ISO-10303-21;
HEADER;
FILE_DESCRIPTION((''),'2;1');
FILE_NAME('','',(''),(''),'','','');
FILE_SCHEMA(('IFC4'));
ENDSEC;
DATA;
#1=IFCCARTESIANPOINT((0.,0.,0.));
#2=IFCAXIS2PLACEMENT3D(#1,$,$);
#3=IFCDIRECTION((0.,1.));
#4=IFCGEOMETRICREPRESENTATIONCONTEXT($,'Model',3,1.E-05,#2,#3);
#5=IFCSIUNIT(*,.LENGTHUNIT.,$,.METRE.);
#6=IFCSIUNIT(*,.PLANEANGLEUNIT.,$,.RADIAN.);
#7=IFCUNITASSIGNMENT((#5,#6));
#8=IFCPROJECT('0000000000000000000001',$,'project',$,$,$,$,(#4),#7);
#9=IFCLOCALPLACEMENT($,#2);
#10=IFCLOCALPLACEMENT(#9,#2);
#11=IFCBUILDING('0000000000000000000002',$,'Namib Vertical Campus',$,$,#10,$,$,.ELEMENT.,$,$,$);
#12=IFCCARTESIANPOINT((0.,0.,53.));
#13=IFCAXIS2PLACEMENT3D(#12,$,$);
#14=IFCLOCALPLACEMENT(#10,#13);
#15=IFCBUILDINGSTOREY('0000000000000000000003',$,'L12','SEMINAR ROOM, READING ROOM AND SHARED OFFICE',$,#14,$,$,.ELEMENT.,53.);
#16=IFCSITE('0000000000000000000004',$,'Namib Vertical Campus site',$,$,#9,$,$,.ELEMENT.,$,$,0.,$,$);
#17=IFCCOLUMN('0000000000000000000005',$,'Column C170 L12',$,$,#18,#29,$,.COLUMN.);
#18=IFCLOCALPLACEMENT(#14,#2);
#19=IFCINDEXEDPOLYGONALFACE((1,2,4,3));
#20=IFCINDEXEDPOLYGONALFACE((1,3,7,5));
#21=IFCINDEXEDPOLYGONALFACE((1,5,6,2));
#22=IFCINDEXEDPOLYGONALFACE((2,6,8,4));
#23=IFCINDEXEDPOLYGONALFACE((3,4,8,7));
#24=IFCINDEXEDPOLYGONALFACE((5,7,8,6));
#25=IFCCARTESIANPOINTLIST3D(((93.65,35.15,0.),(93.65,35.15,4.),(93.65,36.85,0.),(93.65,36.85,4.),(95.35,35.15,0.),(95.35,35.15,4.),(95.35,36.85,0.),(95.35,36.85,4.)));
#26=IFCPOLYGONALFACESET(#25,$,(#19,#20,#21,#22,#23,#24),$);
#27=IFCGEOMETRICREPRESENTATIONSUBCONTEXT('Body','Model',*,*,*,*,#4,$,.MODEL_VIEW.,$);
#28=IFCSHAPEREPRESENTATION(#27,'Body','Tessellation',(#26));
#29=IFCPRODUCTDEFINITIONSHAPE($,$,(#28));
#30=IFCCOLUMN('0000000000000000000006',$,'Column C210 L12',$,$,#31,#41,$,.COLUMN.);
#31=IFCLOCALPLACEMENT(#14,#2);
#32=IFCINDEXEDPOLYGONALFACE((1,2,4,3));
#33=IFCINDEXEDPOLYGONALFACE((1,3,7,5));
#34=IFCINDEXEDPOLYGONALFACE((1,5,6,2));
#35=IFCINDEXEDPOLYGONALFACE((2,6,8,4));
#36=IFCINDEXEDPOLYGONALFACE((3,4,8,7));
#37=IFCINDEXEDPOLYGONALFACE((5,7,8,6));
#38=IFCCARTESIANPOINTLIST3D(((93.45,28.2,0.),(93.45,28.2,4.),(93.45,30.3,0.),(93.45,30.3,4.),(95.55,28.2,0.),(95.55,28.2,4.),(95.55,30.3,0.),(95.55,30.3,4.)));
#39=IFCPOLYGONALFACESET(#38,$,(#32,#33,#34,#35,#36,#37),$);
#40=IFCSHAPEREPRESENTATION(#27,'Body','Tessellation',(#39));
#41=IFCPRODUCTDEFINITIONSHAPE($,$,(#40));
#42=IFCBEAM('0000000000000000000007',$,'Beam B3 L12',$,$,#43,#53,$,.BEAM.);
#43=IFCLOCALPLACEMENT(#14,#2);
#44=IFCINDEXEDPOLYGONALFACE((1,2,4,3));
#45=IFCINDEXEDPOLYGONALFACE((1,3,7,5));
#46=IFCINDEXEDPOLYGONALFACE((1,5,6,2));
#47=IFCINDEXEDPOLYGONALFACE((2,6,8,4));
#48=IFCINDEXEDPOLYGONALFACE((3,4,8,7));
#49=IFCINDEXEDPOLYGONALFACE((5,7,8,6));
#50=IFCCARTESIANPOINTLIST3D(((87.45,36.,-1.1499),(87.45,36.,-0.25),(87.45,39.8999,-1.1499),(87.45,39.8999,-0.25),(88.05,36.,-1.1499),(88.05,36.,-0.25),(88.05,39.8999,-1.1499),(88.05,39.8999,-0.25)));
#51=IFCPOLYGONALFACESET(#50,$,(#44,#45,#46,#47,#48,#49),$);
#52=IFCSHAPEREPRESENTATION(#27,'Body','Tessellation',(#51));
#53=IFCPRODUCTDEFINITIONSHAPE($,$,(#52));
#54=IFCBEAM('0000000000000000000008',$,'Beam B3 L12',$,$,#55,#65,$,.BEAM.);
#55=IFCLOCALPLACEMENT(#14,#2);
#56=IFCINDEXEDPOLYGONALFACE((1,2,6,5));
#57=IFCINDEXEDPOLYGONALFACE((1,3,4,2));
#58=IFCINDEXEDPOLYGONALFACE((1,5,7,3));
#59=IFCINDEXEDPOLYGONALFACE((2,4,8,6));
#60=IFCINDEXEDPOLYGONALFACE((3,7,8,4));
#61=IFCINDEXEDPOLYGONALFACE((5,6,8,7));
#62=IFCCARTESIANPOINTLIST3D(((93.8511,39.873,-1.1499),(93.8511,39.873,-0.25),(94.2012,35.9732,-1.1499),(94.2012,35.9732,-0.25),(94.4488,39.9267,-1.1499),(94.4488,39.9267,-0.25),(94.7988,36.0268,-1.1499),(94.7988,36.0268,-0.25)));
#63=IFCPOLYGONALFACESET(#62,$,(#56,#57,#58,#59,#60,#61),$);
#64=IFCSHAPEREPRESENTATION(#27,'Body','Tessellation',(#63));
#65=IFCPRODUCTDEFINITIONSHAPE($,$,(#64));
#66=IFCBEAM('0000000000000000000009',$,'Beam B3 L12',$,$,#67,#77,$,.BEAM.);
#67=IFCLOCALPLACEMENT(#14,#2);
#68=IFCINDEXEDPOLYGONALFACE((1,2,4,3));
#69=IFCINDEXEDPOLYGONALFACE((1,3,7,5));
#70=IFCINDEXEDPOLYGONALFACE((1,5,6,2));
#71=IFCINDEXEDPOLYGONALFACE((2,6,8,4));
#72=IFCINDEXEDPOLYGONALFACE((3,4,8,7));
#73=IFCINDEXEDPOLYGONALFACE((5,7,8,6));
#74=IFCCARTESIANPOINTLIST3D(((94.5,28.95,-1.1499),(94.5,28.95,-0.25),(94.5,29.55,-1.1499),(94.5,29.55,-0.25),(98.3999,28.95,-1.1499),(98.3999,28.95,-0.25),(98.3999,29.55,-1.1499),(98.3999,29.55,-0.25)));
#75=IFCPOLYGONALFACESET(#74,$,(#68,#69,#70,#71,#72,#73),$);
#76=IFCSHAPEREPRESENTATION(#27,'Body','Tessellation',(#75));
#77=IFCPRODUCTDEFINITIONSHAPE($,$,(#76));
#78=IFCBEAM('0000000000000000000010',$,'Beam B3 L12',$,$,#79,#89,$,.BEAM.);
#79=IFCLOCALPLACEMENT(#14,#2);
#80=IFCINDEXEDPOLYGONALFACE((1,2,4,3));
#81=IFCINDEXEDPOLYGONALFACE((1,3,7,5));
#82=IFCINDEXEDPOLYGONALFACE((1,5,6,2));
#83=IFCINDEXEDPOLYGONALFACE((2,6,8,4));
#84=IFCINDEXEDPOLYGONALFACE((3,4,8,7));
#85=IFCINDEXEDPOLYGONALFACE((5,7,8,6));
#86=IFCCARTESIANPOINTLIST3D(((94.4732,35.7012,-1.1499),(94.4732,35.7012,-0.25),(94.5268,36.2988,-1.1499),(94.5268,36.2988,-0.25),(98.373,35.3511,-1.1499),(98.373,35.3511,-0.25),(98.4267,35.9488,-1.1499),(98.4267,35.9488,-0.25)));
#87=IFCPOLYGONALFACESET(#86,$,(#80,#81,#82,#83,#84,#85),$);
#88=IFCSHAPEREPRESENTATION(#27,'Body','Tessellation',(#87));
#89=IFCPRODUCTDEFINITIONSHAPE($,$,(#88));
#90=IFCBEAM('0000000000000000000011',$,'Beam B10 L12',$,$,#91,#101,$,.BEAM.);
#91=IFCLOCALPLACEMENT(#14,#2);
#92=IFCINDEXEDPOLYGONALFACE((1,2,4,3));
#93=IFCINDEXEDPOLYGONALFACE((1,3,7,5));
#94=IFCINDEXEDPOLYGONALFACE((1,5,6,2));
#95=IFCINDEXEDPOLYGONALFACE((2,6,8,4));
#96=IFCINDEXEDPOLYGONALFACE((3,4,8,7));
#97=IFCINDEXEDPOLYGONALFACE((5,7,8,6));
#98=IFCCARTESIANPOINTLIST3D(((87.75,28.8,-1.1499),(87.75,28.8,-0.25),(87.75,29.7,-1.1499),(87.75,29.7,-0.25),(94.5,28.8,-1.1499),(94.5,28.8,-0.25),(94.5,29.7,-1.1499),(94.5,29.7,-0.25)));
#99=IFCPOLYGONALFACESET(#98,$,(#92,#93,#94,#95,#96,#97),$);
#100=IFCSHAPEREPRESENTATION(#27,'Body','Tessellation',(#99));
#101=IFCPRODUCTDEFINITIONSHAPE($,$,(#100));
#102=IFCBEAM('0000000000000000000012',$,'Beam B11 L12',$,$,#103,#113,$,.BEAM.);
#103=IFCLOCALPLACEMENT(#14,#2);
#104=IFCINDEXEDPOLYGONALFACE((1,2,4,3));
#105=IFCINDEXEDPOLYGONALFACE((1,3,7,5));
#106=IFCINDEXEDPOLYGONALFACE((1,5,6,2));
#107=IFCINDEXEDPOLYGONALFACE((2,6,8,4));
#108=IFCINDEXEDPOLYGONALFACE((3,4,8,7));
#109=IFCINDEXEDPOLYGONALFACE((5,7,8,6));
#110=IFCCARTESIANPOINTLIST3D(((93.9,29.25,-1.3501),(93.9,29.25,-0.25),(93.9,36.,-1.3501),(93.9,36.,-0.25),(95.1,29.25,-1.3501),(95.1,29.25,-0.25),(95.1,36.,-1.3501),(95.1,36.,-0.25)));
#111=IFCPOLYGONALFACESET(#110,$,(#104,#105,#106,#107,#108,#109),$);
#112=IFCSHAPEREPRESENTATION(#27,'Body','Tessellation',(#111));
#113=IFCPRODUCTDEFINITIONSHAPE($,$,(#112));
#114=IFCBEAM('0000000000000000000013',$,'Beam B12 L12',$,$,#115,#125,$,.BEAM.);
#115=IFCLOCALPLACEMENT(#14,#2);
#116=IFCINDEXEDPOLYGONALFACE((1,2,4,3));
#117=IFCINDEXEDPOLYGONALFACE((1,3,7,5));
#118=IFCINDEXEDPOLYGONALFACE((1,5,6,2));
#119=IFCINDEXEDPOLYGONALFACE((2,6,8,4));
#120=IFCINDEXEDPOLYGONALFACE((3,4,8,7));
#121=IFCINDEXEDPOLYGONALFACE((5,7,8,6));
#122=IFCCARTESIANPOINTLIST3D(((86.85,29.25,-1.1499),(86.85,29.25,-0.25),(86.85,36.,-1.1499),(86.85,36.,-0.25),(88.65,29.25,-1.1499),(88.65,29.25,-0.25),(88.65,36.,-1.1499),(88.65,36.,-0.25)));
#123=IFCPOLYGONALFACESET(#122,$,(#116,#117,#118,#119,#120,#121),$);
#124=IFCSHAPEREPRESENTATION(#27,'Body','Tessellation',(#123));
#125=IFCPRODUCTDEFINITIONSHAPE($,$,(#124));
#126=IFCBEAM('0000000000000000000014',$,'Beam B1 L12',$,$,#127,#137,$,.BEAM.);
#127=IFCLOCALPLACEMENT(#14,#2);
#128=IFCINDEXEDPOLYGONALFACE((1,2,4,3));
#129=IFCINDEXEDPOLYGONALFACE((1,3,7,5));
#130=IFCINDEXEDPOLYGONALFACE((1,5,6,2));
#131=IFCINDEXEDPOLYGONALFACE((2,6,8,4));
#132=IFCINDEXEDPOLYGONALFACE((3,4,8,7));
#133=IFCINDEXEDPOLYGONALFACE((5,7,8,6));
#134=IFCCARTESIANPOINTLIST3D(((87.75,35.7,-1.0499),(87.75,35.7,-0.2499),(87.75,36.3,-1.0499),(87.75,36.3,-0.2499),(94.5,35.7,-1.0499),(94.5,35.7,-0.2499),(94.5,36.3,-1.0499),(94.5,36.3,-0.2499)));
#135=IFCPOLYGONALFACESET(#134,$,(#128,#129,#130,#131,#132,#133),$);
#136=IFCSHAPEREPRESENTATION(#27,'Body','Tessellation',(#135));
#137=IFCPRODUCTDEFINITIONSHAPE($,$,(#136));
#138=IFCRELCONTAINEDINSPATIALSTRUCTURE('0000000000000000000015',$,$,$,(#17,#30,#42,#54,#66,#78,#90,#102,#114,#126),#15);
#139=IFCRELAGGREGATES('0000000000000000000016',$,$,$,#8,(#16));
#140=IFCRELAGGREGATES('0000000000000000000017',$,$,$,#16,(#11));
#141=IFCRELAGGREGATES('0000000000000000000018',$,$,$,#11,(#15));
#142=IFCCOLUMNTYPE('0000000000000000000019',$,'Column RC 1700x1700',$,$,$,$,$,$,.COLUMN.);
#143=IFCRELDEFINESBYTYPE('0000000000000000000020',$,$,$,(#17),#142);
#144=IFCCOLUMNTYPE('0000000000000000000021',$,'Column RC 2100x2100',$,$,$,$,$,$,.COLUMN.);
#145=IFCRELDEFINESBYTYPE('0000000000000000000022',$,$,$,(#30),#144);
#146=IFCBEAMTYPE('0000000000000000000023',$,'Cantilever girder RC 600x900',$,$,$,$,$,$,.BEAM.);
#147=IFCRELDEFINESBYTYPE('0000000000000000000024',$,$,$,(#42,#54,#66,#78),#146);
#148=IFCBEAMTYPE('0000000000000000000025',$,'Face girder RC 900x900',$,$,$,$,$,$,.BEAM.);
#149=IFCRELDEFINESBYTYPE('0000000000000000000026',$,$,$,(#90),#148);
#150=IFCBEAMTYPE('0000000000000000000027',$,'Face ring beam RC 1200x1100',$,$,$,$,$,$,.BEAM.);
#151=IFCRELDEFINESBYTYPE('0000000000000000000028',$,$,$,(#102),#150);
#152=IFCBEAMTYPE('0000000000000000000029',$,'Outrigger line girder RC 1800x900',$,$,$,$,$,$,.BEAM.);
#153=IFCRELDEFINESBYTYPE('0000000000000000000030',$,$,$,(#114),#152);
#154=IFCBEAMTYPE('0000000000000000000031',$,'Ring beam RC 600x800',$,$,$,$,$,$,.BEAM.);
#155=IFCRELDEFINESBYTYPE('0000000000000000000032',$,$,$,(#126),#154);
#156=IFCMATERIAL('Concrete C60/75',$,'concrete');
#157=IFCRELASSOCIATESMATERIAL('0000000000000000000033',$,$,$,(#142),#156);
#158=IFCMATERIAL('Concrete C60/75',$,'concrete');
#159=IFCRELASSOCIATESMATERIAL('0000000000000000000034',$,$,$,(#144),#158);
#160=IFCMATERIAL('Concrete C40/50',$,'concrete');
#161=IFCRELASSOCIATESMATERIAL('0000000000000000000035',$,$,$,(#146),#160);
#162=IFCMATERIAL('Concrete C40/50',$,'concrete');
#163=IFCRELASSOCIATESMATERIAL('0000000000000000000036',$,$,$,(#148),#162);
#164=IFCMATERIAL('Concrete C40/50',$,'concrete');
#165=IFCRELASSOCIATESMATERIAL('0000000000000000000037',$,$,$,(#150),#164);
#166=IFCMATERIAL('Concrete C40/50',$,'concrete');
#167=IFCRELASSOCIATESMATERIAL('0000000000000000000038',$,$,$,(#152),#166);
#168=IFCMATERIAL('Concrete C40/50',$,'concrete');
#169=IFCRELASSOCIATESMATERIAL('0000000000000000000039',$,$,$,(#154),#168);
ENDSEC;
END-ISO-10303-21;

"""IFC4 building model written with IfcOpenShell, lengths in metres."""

from ifc_helpers import new_model, si_unit, direction, frame, origin, origin_2d, place, context, subcontext, project, spatial, rectangle, extrude, material, material_profile, profile_set, type_object, element, save


model = new_model("IFC4")

# Units and contexts
model_context = context("Model", 3, precision=1e-05, world=origin(), true_north=direction((0.0, 1.0)))
body_context = subcontext(model_context, "Body", "Model", "MODEL_VIEW")
ifc_project = project(units=[si_unit("LENGTHUNIT", "METRE"), si_unit("PLANEANGLEUNIT", "RADIAN")], contexts=[model_context])

# Site, building, storey
site_placement = place(None, origin())
site = spatial("IfcSite", under=ifc_project, at=site_placement, Name="Namib Vertical Campus site", CompositionType="ELEMENT", RefElevation=0.0)
building_placement = place(site_placement, origin())
building = spatial("IfcBuilding", under=site, at=building_placement, Name="Namib Vertical Campus", CompositionType="ELEMENT")
storey_placement = place(building_placement, frame((0.0, 0.0, 53.0)))
storey = spatial("IfcBuildingStorey", under=building, at=storey_placement, Name="L12", Description="SEMINAR ROOM, READING ROOM AND SHARED OFFICE", CompositionType="ELEMENT", Elevation=53.0)

# Columns
ifc_material_1 = material(Name="Concrete C60/75", Category="concrete")
ifc_material_profile_1 = material_profile(ifc_material_1, rectangle(XDim=1.7, YDim=1.7, at=origin_2d()))
ifc_profile_set_1 = profile_set([ifc_material_profile_1], Name="Concrete C60/75")
column_type_1 = type_object("IfcColumnType", Name="Column RC 1700x1700", PredefinedType="COLUMN", material=ifc_profile_set_1)
column_1_placement = place(storey_placement, frame((94.5, 36.0, 0.0), z_axis=(0.0, 0.0, 1.0), x_axis=(1.0, 0.0, 0.0)))
element("IfcColumn", 1, at=column_1_placement, inside=storey, type_object=column_type_1, Name="Column C170 L12", PredefinedType="COLUMN", context=body_context, shape_type="SweptSolid", body=[
    extrude(rectangle(XDim=1.7, YDim=1.7, at=origin_2d()), origin(), (0.0, 0.0, 1.0), 4.0),
])
ifc_material_2 = material(Name="Concrete C60/75", Category="concrete")
ifc_material_profile_2 = material_profile(ifc_material_2, rectangle(XDim=2.1001, YDim=2.1001, at=origin_2d()))
ifc_profile_set_2 = profile_set([ifc_material_profile_2], Name="Concrete C60/75")
column_type_2 = type_object("IfcColumnType", Name="Column RC 2100x2100", PredefinedType="COLUMN", material=ifc_profile_set_2)
column_2_placement = place(storey_placement, frame((94.5, 29.25, 0.0), z_axis=(0.0, 0.0, 1.0), x_axis=(1.0, 0.0, 0.0)))
element("IfcColumn", 2, at=column_2_placement, inside=storey, type_object=column_type_2, Name="Column C210 L12", PredefinedType="COLUMN", context=body_context, shape_type="SweptSolid", body=[
    extrude(rectangle(XDim=2.1001, YDim=2.1001, at=origin_2d()), origin(), (0.0, 0.0, 1.0), 4.0),
])

# Beams
ifc_material_3 = material(Name="Concrete C40/50", Category="concrete")
ifc_material_profile_3 = material_profile(ifc_material_3, rectangle(XDim=0.6001, YDim=0.8999, at=origin_2d()))
ifc_profile_set_3 = profile_set([ifc_material_profile_3], Name="Concrete C40/50")
beam_type_1 = type_object("IfcBeamType", Name="Cantilever girder RC 600x900", PredefinedType="BEAM", material=ifc_profile_set_3)
beam_1_placement = place(storey_placement, frame((87.75, 36.0, -0.7), z_axis=(0.0, 1.0, 0.0), x_axis=(-1.0, 0.0, 0.0)))
element("IfcBeam", 3, at=beam_1_placement, inside=storey, type_object=beam_type_1, Name="Beam B3 L12", PredefinedType="BEAM", context=body_context, shape_type="SweptSolid", body=[
    extrude(rectangle(XDim=0.6001, YDim=0.8999, at=origin_2d()), origin(), (0.0, 0.0, 1.0), 3.8999),
])
beam_2_placement = place(storey_placement, frame((94.5, 36.0, -0.7), z_axis=(-0.089411, 0.995995, 0.0), x_axis=(-0.995995, -0.089411, 0.0)))
element("IfcBeam", 4, at=beam_2_placement, inside=storey, type_object=beam_type_1, Name="Beam B3 L12", PredefinedType="BEAM", context=body_context, shape_type="SweptSolid", body=[
    extrude(rectangle(XDim=0.6001, YDim=0.8999, at=origin_2d()), origin(), (0.0, 0.0, 1.0), 3.9155),
])
beam_3_placement = place(storey_placement, frame((94.5, 29.25, -0.7), z_axis=(1.0, 0.0, 0.0), x_axis=(0.0, 1.0, 0.0)))
element("IfcBeam", 5, at=beam_3_placement, inside=storey, type_object=beam_type_1, Name="Beam B3 L12", PredefinedType="BEAM", context=body_context, shape_type="SweptSolid", body=[
    extrude(rectangle(XDim=0.6001, YDim=0.8999, at=origin_2d()), origin(), (0.0, 0.0, 1.0), 3.8999),
])
beam_4_placement = place(storey_placement, frame((94.5, 36.0, -0.7), z_axis=(0.995995, -0.089411, 0.0), x_axis=(0.089411, 0.995995, 0.0)))
element("IfcBeam", 6, at=beam_4_placement, inside=storey, type_object=beam_type_1, Name="Beam B3 L12", PredefinedType="BEAM", context=body_context, shape_type="SweptSolid", body=[
    extrude(rectangle(XDim=0.6001, YDim=0.8999, at=origin_2d()), origin(), (0.0, 0.0, 1.0), 3.9155),
])
ifc_material_4 = material(Name="Concrete C40/50", Category="concrete")
ifc_material_profile_4 = material_profile(ifc_material_4, rectangle(XDim=0.8999, YDim=0.8999, at=origin_2d()))
ifc_profile_set_4 = profile_set([ifc_material_profile_4], Name="Concrete C40/50")
beam_type_2 = type_object("IfcBeamType", Name="Face girder RC 900x900", PredefinedType="BEAM", material=ifc_profile_set_4)
beam_5_placement = place(storey_placement, frame((94.5, 29.25, -0.7), z_axis=(-1.0, 0.0, 0.0), x_axis=(0.0, -1.0, 0.0)))
element("IfcBeam", 7, at=beam_5_placement, inside=storey, type_object=beam_type_2, Name="Beam B10 L12", PredefinedType="BEAM", context=body_context, shape_type="SweptSolid", body=[
    extrude(rectangle(XDim=0.8999, YDim=0.8999, at=origin_2d()), origin(), (0.0, 0.0, 1.0), 6.75),
])
ifc_material_5 = material(Name="Concrete C40/50", Category="concrete")
ifc_material_profile_5 = material_profile(ifc_material_5, rectangle(XDim=1.2, YDim=1.1001, at=origin_2d()))
ifc_profile_set_5 = profile_set([ifc_material_profile_5], Name="Concrete C40/50")
beam_type_3 = type_object("IfcBeamType", Name="Face ring beam RC 1200x1100", PredefinedType="BEAM", material=ifc_profile_set_5)
beam_6_placement = place(storey_placement, frame((94.5, 29.25, -0.8), z_axis=(0.0, 1.0, 0.0), x_axis=(-1.0, 0.0, 0.0)))
element("IfcBeam", 8, at=beam_6_placement, inside=storey, type_object=beam_type_3, Name="Beam B11 L12", PredefinedType="BEAM", context=body_context, shape_type="SweptSolid", body=[
    extrude(rectangle(XDim=1.2, YDim=1.1001, at=origin_2d()), origin(), (0.0, 0.0, 1.0), 6.75),
])
ifc_material_6 = material(Name="Concrete C40/50", Category="concrete")
ifc_material_profile_6 = material_profile(ifc_material_6, rectangle(XDim=1.8, YDim=0.8999, at=origin_2d()))
ifc_profile_set_6 = profile_set([ifc_material_profile_6], Name="Concrete C40/50")
beam_type_4 = type_object("IfcBeamType", Name="Outrigger line girder RC 1800x900", PredefinedType="BEAM", material=ifc_profile_set_6)
beam_7_placement = place(storey_placement, frame((87.75, 36.0, -0.7), z_axis=(0.0, -1.0, 0.0), x_axis=(1.0, 0.0, 0.0)))
element("IfcBeam", 9, at=beam_7_placement, inside=storey, type_object=beam_type_4, Name="Beam B12 L12", PredefinedType="BEAM", context=body_context, shape_type="SweptSolid", body=[
    extrude(rectangle(XDim=1.8, YDim=0.8999, at=origin_2d()), origin(), (0.0, 0.0, 1.0), 6.75),
])
ifc_material_7 = material(Name="Concrete C40/50", Category="concrete")
ifc_material_profile_7 = material_profile(ifc_material_7, rectangle(XDim=0.6001, YDim=0.8, at=origin_2d()))
ifc_profile_set_7 = profile_set([ifc_material_profile_7], Name="Concrete C40/50")
beam_type_5 = type_object("IfcBeamType", Name="Ring beam RC 600x800", PredefinedType="BEAM", material=ifc_profile_set_7)
beam_8_placement = place(storey_placement, frame((87.75, 36.0, -0.6499), z_axis=(1.0, 0.0, 0.0), x_axis=(0.0, 1.0, 0.0)))
element("IfcBeam", 10, at=beam_8_placement, inside=storey, type_object=beam_type_5, Name="Beam B1 L12", PredefinedType="BEAM", context=body_context, shape_type="SweptSolid", body=[
    extrude(rectangle(XDim=0.6001, YDim=0.8, at=origin_2d()), origin(), (0.0, 0.0, 1.0), 6.75),
])

save(model, "model.ifc")
